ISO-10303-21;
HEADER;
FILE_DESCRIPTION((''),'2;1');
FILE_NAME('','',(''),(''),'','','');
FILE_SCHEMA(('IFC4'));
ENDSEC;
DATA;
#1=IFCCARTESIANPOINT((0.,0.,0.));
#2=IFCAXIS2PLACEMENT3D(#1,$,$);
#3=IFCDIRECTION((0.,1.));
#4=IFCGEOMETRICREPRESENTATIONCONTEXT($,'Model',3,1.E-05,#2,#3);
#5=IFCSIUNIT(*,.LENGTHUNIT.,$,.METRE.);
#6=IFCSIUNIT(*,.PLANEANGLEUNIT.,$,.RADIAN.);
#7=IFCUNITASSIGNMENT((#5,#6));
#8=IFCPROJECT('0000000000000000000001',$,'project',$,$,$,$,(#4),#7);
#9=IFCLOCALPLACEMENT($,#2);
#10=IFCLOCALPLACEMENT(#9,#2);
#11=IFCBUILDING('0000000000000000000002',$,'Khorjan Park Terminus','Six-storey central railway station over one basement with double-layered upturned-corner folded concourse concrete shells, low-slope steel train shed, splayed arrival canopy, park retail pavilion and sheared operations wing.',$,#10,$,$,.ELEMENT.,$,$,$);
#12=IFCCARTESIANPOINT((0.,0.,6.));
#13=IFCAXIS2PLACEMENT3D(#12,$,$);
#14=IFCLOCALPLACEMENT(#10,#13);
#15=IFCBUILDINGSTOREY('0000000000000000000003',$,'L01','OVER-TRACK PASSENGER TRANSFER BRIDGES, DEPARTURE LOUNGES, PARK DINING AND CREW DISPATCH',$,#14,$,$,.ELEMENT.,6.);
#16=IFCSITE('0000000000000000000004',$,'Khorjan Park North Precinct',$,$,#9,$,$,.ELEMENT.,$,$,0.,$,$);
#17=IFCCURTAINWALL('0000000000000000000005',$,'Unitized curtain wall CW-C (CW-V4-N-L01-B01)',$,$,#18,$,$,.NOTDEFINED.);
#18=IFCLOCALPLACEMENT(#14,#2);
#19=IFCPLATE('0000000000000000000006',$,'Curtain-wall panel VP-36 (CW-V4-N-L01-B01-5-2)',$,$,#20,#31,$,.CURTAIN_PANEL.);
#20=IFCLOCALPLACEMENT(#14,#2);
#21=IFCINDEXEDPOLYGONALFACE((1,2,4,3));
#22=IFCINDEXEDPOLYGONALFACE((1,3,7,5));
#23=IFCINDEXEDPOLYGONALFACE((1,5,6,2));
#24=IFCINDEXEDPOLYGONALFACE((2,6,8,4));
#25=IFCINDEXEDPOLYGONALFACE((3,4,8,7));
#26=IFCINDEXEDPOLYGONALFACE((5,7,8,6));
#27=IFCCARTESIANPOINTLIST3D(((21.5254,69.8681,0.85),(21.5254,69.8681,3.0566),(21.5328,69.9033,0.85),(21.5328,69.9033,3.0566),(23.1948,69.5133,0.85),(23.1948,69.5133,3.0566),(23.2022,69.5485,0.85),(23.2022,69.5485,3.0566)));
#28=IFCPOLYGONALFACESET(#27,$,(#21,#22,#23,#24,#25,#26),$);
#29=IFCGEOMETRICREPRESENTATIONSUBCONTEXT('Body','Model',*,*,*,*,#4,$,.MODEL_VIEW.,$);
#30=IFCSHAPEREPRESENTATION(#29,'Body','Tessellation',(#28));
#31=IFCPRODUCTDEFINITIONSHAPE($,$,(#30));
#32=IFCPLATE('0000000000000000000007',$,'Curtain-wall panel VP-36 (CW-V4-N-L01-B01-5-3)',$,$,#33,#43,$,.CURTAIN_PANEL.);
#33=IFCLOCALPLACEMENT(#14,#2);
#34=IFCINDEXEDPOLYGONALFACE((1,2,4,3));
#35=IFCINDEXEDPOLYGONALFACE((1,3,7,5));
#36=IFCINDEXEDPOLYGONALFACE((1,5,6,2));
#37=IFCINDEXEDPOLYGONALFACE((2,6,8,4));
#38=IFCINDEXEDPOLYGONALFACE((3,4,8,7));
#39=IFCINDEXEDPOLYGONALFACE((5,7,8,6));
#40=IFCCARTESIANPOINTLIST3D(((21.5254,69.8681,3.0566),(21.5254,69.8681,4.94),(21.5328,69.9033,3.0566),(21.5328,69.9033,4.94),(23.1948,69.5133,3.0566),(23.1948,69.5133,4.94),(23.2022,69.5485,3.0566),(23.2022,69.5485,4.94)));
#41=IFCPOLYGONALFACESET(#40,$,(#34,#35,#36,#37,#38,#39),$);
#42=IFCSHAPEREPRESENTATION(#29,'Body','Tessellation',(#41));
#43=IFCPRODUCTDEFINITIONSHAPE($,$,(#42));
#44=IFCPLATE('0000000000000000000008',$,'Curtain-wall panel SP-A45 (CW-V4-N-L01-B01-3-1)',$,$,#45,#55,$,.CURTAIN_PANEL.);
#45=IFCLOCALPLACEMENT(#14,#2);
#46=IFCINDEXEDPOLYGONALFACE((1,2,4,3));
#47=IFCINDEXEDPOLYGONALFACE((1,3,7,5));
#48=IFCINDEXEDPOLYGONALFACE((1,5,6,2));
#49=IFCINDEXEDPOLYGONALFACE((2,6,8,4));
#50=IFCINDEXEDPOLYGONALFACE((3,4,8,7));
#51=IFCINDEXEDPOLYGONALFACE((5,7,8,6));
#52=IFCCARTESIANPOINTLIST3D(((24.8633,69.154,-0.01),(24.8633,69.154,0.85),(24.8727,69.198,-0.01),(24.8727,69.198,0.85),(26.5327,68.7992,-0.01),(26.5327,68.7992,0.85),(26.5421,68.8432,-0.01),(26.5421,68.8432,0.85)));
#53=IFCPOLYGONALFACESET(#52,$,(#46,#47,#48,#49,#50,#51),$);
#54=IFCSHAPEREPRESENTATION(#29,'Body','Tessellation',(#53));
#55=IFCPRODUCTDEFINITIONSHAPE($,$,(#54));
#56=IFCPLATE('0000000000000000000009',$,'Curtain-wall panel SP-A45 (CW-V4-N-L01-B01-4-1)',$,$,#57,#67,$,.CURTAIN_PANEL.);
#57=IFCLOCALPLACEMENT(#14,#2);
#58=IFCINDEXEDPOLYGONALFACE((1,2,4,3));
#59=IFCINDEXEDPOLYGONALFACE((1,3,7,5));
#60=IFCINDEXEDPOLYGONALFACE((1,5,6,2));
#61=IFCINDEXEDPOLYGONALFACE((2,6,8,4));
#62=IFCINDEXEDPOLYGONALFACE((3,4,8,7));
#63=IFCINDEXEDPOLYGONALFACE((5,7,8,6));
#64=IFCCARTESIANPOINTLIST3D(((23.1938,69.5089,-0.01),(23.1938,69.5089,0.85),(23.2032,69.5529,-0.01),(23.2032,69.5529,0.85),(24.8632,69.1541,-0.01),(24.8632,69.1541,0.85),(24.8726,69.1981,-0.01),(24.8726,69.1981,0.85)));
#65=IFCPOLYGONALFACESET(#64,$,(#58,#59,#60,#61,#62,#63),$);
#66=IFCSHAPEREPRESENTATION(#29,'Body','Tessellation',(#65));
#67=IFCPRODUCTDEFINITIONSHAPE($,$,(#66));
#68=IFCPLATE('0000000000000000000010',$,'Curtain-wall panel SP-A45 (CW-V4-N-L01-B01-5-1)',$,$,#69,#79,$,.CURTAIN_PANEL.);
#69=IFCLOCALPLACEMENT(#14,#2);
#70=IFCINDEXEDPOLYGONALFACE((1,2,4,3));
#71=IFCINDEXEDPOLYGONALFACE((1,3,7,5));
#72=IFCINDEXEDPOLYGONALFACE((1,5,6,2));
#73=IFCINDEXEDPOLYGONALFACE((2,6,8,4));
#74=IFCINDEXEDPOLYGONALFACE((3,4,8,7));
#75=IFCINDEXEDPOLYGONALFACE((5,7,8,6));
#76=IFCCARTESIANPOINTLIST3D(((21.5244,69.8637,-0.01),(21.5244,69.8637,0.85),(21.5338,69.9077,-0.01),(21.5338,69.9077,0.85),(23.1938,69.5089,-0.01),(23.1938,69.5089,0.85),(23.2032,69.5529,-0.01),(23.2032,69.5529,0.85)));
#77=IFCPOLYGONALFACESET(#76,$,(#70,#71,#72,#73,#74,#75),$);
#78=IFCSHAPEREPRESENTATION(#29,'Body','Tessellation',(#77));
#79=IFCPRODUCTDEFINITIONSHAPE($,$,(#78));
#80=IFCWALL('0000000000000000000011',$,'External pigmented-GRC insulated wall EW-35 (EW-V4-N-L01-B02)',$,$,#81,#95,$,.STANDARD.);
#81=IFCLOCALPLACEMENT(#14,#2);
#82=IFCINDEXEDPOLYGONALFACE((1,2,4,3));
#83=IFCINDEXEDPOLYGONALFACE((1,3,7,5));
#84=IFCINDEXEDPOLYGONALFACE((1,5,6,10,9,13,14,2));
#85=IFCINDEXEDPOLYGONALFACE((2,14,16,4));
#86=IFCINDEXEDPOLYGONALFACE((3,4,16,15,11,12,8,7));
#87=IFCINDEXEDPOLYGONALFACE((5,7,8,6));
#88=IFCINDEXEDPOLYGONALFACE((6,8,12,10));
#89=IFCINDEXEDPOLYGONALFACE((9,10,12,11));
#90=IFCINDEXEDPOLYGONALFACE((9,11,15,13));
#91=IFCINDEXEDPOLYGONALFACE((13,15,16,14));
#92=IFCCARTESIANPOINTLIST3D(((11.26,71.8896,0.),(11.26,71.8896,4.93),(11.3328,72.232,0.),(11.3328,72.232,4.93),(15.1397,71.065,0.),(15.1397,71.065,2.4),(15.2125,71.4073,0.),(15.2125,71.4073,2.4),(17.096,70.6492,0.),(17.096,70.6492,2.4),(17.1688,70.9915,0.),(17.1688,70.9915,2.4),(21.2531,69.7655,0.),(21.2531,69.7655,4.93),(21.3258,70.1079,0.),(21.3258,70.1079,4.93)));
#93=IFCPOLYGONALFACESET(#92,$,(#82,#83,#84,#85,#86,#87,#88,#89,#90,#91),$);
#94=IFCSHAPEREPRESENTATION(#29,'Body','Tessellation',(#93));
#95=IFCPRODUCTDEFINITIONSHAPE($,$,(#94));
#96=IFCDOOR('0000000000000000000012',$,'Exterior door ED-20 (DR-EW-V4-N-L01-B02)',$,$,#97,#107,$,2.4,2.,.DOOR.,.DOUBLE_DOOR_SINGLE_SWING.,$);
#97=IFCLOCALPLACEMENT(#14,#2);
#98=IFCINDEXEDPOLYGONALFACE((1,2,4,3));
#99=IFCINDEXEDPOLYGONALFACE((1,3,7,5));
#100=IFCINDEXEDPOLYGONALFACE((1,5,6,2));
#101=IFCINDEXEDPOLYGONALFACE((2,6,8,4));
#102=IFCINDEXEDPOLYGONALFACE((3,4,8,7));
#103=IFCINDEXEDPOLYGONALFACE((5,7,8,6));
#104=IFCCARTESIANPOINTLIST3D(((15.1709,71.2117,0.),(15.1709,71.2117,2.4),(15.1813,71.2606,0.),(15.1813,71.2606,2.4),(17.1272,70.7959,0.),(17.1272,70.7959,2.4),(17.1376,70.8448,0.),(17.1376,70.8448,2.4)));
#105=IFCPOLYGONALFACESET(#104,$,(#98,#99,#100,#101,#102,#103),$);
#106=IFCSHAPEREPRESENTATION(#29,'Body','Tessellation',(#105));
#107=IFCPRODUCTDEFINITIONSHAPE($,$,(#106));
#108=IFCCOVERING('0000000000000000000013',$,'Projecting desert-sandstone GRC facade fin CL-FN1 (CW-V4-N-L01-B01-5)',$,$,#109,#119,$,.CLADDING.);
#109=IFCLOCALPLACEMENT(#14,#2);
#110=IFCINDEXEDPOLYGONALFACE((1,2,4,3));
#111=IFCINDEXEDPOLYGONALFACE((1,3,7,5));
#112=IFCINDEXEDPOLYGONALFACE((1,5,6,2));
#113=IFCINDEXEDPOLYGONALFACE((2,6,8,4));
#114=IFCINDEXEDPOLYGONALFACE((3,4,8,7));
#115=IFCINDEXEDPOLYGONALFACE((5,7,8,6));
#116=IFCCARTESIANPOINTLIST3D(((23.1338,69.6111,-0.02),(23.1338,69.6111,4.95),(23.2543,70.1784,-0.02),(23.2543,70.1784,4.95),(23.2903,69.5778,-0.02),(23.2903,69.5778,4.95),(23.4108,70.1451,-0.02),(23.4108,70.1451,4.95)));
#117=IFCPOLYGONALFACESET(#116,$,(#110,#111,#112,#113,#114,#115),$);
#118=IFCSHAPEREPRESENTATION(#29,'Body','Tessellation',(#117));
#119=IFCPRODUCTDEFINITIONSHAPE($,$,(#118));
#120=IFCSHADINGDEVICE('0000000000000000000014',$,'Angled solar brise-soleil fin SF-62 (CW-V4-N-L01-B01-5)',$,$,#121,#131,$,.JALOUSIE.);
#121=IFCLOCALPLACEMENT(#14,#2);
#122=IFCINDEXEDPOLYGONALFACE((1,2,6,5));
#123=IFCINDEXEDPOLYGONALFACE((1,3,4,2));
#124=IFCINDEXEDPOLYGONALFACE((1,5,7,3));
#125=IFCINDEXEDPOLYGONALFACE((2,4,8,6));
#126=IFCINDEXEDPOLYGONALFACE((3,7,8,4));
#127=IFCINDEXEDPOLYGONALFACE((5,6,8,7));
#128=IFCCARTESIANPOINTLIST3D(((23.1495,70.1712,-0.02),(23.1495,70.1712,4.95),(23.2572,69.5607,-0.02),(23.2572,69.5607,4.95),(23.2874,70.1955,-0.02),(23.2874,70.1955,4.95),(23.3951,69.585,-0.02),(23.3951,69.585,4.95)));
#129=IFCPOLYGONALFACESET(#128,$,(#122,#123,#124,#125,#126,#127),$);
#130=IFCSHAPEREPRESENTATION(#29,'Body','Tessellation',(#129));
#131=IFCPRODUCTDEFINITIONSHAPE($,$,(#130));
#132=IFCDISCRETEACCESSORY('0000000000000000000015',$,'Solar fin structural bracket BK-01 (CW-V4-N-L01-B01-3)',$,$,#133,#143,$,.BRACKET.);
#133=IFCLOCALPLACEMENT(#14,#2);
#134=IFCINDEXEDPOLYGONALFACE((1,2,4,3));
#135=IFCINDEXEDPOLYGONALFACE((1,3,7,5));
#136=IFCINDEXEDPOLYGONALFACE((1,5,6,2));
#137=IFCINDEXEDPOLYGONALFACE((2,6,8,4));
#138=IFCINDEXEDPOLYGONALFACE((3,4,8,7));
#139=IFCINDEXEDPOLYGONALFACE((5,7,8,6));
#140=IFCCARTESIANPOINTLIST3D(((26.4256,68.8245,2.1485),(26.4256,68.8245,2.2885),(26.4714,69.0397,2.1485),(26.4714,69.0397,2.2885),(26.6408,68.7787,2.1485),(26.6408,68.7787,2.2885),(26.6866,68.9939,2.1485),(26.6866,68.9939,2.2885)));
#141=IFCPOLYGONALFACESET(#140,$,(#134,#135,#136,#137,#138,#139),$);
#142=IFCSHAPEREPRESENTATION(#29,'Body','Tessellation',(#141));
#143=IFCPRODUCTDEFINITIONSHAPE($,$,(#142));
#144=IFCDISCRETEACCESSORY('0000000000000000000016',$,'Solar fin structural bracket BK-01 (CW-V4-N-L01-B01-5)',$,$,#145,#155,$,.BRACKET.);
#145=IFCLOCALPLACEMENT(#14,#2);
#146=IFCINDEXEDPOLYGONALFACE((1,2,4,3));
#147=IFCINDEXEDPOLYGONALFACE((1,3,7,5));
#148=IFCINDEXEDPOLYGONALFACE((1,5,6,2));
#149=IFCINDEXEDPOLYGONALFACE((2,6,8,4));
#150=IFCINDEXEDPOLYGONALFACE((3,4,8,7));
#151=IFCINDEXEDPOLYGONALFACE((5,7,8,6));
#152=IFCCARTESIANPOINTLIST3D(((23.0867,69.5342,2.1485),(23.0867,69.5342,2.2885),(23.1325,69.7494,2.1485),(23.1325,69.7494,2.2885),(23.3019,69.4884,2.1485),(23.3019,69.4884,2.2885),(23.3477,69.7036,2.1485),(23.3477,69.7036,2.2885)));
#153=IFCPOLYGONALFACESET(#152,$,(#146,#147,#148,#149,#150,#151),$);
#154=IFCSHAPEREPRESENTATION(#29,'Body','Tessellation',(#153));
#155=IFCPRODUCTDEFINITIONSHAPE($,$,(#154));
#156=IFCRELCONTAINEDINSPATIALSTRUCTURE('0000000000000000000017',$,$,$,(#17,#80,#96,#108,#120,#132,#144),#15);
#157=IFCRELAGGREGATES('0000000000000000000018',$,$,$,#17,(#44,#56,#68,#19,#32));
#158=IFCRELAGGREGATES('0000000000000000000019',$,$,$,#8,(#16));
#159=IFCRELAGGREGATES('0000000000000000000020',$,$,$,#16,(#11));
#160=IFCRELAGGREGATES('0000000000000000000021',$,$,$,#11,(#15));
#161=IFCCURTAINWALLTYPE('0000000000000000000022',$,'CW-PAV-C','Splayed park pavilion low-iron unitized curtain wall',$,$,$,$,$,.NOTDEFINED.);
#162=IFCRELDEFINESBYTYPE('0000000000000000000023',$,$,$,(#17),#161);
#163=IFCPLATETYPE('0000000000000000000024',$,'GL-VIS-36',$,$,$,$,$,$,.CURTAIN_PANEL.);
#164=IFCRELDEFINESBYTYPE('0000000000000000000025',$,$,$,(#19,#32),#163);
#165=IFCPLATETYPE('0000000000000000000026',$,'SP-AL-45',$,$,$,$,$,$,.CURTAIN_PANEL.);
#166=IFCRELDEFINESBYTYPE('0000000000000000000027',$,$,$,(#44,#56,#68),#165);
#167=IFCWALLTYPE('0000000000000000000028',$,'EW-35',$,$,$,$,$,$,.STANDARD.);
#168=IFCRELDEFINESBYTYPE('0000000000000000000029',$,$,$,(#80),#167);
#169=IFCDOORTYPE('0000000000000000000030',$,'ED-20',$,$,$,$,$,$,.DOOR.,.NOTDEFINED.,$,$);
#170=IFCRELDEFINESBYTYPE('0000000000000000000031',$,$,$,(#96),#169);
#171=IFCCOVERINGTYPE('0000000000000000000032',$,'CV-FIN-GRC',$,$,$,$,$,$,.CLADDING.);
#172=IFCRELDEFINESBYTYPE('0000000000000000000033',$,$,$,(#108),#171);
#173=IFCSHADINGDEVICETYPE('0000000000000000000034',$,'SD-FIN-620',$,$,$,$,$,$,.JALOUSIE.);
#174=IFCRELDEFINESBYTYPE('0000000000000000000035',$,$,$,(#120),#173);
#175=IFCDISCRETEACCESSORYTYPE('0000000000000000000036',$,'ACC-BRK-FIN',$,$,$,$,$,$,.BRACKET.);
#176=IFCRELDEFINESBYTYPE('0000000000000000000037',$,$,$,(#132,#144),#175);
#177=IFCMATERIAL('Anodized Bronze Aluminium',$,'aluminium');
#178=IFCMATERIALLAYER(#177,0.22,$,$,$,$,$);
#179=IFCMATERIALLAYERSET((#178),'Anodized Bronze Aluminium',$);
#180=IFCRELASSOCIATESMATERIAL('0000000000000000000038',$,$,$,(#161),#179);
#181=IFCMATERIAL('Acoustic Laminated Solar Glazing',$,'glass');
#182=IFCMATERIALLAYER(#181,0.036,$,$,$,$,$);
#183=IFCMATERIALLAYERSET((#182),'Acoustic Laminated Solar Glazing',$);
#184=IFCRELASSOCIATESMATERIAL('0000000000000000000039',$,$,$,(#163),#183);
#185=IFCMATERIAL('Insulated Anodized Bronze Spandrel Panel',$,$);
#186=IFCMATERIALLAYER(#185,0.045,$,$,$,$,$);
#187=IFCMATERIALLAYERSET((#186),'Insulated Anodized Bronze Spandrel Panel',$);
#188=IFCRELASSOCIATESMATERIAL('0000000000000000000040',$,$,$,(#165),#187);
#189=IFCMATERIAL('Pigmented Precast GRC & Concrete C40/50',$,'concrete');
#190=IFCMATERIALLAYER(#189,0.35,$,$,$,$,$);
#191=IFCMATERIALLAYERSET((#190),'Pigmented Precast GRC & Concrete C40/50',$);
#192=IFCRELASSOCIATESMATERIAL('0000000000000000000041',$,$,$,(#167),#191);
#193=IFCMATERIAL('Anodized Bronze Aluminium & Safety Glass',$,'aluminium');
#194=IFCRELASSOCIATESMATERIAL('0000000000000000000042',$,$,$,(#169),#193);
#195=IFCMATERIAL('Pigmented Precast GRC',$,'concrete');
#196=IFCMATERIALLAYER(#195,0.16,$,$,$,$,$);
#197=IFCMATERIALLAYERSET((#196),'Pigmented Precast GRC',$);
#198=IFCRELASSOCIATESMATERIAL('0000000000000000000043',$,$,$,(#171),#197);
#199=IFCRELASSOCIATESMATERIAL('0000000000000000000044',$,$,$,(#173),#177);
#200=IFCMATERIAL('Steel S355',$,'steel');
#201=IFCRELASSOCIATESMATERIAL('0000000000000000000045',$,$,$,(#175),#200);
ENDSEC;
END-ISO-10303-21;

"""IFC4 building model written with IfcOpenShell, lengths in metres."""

from ifc_helpers import new_model, si_unit, direction, frame, frame_2d, origin, origin_2d, place, context, subcontext, project, spatial, rectangle, extrude, material, layer, layer_set, type_object, element, fill, aggregate, save


model = new_model("IFC4")

# Units and contexts
model_context = context("Model", 3, precision=1e-05, world=origin(), true_north=direction((0.0, 1.0)))
body_context = subcontext(model_context, "Body", "Model", "MODEL_VIEW")
ifc_project = project(units=[si_unit("LENGTHUNIT", "METRE"), si_unit("PLANEANGLEUNIT", "RADIAN")], contexts=[model_context])

# Site, building, storey
site_placement = place(None, origin())
site = spatial("IfcSite", under=ifc_project, at=site_placement, Name="Khorjan Park North Precinct", CompositionType="ELEMENT", RefElevation=0.0)
building_placement = place(site_placement, origin())
building = spatial("IfcBuilding", under=site, at=building_placement, Name="Khorjan Park Terminus", Description="Six-storey central railway station over one basement with double-layered upturned-corner folded concourse concrete shells, low-slope steel train shed, splayed arrival canopy, park retail pavilion and sheared operations wing.", CompositionType="ELEMENT")
storey_placement = place(building_placement, frame((0.0, 0.0, 6.0)))
storey = spatial("IfcBuildingStorey", under=building, at=storey_placement, Name="L01", Description="OVER-TRACK PASSENGER TRANSFER BRIDGES, DEPARTURE LOUNGES, PARK DINING AND CREW DISPATCH", CompositionType="ELEMENT", Elevation=6.0)

# Shared definitions
ifc_material_1 = material(Name="Steel S355", Category="steel")

# Curtain wall, plates
ifc_material_2 = material(Name="Anodized Bronze Aluminium", Category="aluminium")
ifc_layer_1 = layer(ifc_material_2, 0.22)
ifc_layer_set_1 = layer_set([ifc_layer_1], Name="Anodized Bronze Aluminium")
curtain_wall_type = type_object("IfcCurtainWallType", Name="CW-PAV-C", Description="Splayed park pavilion low-iron unitized curtain wall", PredefinedType="NOTDEFINED", material=ifc_layer_set_1)
curtain_wall_placement = place(storey_placement, origin())
curtain_wall = element("IfcCurtainWall", 1, at=curtain_wall_placement, inside=storey, type_object=curtain_wall_type, Name="Unitized curtain wall CW-C (CW-V4-N-L01-B01)", PredefinedType="NOTDEFINED")
ifc_material_3 = material(Name="Acoustic Laminated Solar Glazing", Category="glass")
ifc_layer_2 = layer(ifc_material_3, 0.036)
ifc_layer_set_2 = layer_set([ifc_layer_2], Name="Acoustic Laminated Solar Glazing")
plate_type_1 = type_object("IfcPlateType", Name="GL-VIS-36", PredefinedType="CURTAIN_PANEL", material=ifc_layer_set_2)
plate_1_placement = place(storey_placement, frame((22.3638, 69.7083, 0.85), z_axis=(0.0, 0.0, 1.0), x_axis=(-0.97815, 0.207901, 0.0)))
plate_1 = element("IfcPlate", 2, at=plate_1_placement, type_object=plate_type_1, Name="Curtain-wall panel VP-36 (CW-V4-N-L01-B01-5-2)", PredefinedType="CURTAIN_PANEL", context=body_context, shape_type="SweptSolid", body=[
    extrude(rectangle(XDim=1.7067, YDim=0.036, at=origin_2d()), origin(), (0.0, 0.0, 1.0), 2.2066),
])
plate_2_placement = place(storey_placement, frame((22.3638, 69.7083, 3.0566), z_axis=(0.0, 0.0, 1.0), x_axis=(-0.97815, 0.207901, 0.0)))
plate_2 = element("IfcPlate", 3, at=plate_2_placement, type_object=plate_type_1, Name="Curtain-wall panel VP-36 (CW-V4-N-L01-B01-5-3)", PredefinedType="CURTAIN_PANEL", context=body_context, shape_type="SweptSolid", body=[
    extrude(rectangle(XDim=1.7067, YDim=0.036, at=origin_2d()), origin(), (0.0, 0.0, 1.0), 1.8834),
])
ifc_material_4 = material(Name="Insulated Anodized Bronze Spandrel Panel")
ifc_layer_3 = layer(ifc_material_4, 0.045)
ifc_layer_set_3 = layer_set([ifc_layer_3], Name="Insulated Anodized Bronze Spandrel Panel")
plate_type_2 = type_object("IfcPlateType", Name="SP-AL-45", PredefinedType="CURTAIN_PANEL", material=ifc_layer_set_3)
plate_3_placement = place(storey_placement, frame((25.7027, 68.9986, -0.01), z_axis=(0.0, 0.0, 1.0), x_axis=(-0.97815, 0.207901, 0.0)))
plate_3 = element("IfcPlate", 4, at=plate_3_placement, type_object=plate_type_2, Name="Curtain-wall panel SP-A45 (CW-V4-N-L01-B01-3-1)", PredefinedType="CURTAIN_PANEL", context=body_context, shape_type="SweptSolid", body=[
    extrude(rectangle(XDim=1.7067, YDim=0.045, at=origin_2d()), origin(), (0.0, 0.0, 1.0), 0.86),
])
plate_4_placement = place(storey_placement, frame((24.0332, 69.3535, -0.01), z_axis=(0.0, 0.0, 1.0), x_axis=(-0.97815, 0.207901, 0.0)))
plate_4 = element("IfcPlate", 5, at=plate_4_placement, type_object=plate_type_2, Name="Curtain-wall panel SP-A45 (CW-V4-N-L01-B01-4-1)", PredefinedType="CURTAIN_PANEL", context=body_context, shape_type="SweptSolid", body=[
    extrude(rectangle(XDim=1.7067, YDim=0.045, at=origin_2d()), origin(), (0.0, 0.0, 1.0), 0.86),
])
plate_5_placement = place(storey_placement, frame((22.3638, 69.7083, -0.01), z_axis=(0.0, 0.0, 1.0), x_axis=(-0.97815, 0.207901, 0.0)))
plate_5 = element("IfcPlate", 6, at=plate_5_placement, type_object=plate_type_2, Name="Curtain-wall panel SP-A45 (CW-V4-N-L01-B01-5-1)", PredefinedType="CURTAIN_PANEL", context=body_context, shape_type="SweptSolid", body=[
    extrude(rectangle(XDim=1.7067, YDim=0.045, at=origin_2d()), origin(), (0.0, 0.0, 1.0), 0.86),
])
aggregate(curtain_wall, [plate_3, plate_4, plate_5, plate_1, plate_2])

# Wall, opening, door
ifc_material_5 = material(Name="Pigmented Precast GRC & Concrete C40/50", Category="concrete")
ifc_layer_4 = layer(ifc_material_5, 0.35)
ifc_layer_set_4 = layer_set([ifc_layer_4], Name="Pigmented Precast GRC & Concrete C40/50")
wall_type = type_object("IfcWallType", Name="EW-35", PredefinedType="STANDARD", material=ifc_layer_set_4)
wall_placement = place(storey_placement, frame((21.2895, 69.9367, 0.0), z_axis=(0.0, 0.0, 1.0), x_axis=(-0.978147, 0.207914, 0.0)))
wall = element("IfcWall", 7, at=wall_placement, inside=storey, type_object=wall_type, Name="External pigmented-GRC insulated wall EW-35 (EW-V4-N-L01-B02)", PredefinedType="STANDARD", context=body_context, shape_type="SweptSolid", body=[
    extrude(rectangle(XDim=10.2163, YDim=0.35, at=frame_2d((5.1082, 0.0))), origin(), (0.0, 0.0, 1.0), 4.93),
])
opening_placement = place(wall_placement, frame((4.25, 0.0, 0.0)))
opening = element("IfcOpeningElement", 8, at=opening_placement, cuts=wall, PredefinedType="OPENING", context=body_context, shape_type="SweptSolid", body=[
    extrude(rectangle(XDim=2.0, YDim=2.4, at=frame_2d((1.0, 1.2))), frame((0.0, 0.185, 0.0), z_axis=(0.0, -1.0, 0.0), x_axis=(1.0, 0.0, 0.0)), (0.0, 0.0, 1.0), 0.37),
])
ifc_material_6 = material(Name="Anodized Bronze Aluminium & Safety Glass", Category="aluminium")
door_type = type_object("IfcDoorType", Name="ED-20", OperationType="NOTDEFINED", PredefinedType="DOOR", material=ifc_material_6)
door_placement = place(opening_placement, origin())
door = element("IfcDoor", 9, at=door_placement, inside=storey, type_object=door_type, Name="Exterior door ED-20 (DR-EW-V4-N-L01-B02)", OperationType="DOUBLE_DOOR_SINGLE_SWING", OverallHeight=2.4, OverallWidth=2.0, PredefinedType="DOOR", context=body_context, shape_type="SweptSolid", body=[
    extrude(rectangle(XDim=2.0, YDim=2.4, at=frame_2d((1.0, 1.2))), frame((0.0, 0.025, 0.0), z_axis=(0.0, -1.0, 0.0), x_axis=(1.0, 0.0, 0.0)), (0.0, 0.0, 1.0), 0.05),
])
fill(opening, door)

# Covering
ifc_material_7 = material(Name="Pigmented Precast GRC", Category="concrete")
ifc_layer_5 = layer(ifc_material_7, 0.16)
ifc_layer_set_5 = layer_set([ifc_layer_5], Name="Pigmented Precast GRC")
covering_type = type_object("IfcCoveringType", Name="CV-FIN-GRC", PredefinedType="CLADDING", material=ifc_layer_set_5)
covering_placement = place(storey_placement, frame((23.2723, 69.8781, -0.02), z_axis=(0.0, 0.0, 1.0), x_axis=(-0.207912, -0.978148, 0.0)))
element("IfcCovering", 10, at=covering_placement, inside=storey, type_object=covering_type, Name="Projecting desert-sandstone GRC facade fin CL-FN1 (CW-V4-N-L01-B01-5)", PredefinedType="CLADDING", context=body_context, shape_type="SweptSolid", body=[
    extrude(rectangle(XDim=0.58, YDim=0.16, at=origin_2d()), origin(), (0.0, 0.0, 1.0), 4.97),
])

# Shading device
shading_device_type = type_object("IfcShadingDeviceType", Name="SD-FIN-620", PredefinedType="JALOUSIE", material=ifc_material_2)
shading_device_placement = place(storey_placement, frame((23.2723, 69.8781, -0.02), z_axis=(0.0, 0.0, 1.0), x_axis=(0.173648, -0.984808, 0.0)))
element("IfcShadingDevice", 11, at=shading_device_placement, inside=storey, type_object=shading_device_type, Name="Angled solar brise-soleil fin SF-62 (CW-V4-N-L01-B01-5)", PredefinedType="JALOUSIE", context=body_context, shape_type="SweptSolid", body=[
    extrude(rectangle(XDim=0.62, YDim=0.14, at=origin_2d()), origin(), (0.0, 0.0, 1.0), 4.97),
])

# Discrete accessories
discrete_accessory_type = type_object("IfcDiscreteAccessoryType", Name="ACC-BRK-FIN", PredefinedType="BRACKET", material=ifc_material_1)
for number, where, z_axis, x_axis, name in (
    (12, (26.5561, 68.9092, 2.1485), (0.0, 0.0, 1.0), (-0.97815, 0.207901, 0.0), "Solar fin structural bracket BK-01 (CW-V4-N-L01-B01-3)"),
    (13, (23.2172, 69.6189, 2.1485), (0.0, 0.0, 1.0), (-0.97815, 0.207901, 0.0), "Solar fin structural bracket BK-01 (CW-V4-N-L01-B01-5)"),
):
    element("IfcDiscreteAccessory", number, at=place(storey_placement, frame(where, z_axis=z_axis, x_axis=x_axis)), inside=storey, type_object=discrete_accessory_type, Name=name, PredefinedType="BRACKET", context=body_context, shape_type="SweptSolid", body=[
        extrude(rectangle(XDim=0.22, YDim=0.22, at=origin_2d()), origin(), (0.0, 0.0, 1.0), 0.14),
    ])

save(model, "model.ifc")
